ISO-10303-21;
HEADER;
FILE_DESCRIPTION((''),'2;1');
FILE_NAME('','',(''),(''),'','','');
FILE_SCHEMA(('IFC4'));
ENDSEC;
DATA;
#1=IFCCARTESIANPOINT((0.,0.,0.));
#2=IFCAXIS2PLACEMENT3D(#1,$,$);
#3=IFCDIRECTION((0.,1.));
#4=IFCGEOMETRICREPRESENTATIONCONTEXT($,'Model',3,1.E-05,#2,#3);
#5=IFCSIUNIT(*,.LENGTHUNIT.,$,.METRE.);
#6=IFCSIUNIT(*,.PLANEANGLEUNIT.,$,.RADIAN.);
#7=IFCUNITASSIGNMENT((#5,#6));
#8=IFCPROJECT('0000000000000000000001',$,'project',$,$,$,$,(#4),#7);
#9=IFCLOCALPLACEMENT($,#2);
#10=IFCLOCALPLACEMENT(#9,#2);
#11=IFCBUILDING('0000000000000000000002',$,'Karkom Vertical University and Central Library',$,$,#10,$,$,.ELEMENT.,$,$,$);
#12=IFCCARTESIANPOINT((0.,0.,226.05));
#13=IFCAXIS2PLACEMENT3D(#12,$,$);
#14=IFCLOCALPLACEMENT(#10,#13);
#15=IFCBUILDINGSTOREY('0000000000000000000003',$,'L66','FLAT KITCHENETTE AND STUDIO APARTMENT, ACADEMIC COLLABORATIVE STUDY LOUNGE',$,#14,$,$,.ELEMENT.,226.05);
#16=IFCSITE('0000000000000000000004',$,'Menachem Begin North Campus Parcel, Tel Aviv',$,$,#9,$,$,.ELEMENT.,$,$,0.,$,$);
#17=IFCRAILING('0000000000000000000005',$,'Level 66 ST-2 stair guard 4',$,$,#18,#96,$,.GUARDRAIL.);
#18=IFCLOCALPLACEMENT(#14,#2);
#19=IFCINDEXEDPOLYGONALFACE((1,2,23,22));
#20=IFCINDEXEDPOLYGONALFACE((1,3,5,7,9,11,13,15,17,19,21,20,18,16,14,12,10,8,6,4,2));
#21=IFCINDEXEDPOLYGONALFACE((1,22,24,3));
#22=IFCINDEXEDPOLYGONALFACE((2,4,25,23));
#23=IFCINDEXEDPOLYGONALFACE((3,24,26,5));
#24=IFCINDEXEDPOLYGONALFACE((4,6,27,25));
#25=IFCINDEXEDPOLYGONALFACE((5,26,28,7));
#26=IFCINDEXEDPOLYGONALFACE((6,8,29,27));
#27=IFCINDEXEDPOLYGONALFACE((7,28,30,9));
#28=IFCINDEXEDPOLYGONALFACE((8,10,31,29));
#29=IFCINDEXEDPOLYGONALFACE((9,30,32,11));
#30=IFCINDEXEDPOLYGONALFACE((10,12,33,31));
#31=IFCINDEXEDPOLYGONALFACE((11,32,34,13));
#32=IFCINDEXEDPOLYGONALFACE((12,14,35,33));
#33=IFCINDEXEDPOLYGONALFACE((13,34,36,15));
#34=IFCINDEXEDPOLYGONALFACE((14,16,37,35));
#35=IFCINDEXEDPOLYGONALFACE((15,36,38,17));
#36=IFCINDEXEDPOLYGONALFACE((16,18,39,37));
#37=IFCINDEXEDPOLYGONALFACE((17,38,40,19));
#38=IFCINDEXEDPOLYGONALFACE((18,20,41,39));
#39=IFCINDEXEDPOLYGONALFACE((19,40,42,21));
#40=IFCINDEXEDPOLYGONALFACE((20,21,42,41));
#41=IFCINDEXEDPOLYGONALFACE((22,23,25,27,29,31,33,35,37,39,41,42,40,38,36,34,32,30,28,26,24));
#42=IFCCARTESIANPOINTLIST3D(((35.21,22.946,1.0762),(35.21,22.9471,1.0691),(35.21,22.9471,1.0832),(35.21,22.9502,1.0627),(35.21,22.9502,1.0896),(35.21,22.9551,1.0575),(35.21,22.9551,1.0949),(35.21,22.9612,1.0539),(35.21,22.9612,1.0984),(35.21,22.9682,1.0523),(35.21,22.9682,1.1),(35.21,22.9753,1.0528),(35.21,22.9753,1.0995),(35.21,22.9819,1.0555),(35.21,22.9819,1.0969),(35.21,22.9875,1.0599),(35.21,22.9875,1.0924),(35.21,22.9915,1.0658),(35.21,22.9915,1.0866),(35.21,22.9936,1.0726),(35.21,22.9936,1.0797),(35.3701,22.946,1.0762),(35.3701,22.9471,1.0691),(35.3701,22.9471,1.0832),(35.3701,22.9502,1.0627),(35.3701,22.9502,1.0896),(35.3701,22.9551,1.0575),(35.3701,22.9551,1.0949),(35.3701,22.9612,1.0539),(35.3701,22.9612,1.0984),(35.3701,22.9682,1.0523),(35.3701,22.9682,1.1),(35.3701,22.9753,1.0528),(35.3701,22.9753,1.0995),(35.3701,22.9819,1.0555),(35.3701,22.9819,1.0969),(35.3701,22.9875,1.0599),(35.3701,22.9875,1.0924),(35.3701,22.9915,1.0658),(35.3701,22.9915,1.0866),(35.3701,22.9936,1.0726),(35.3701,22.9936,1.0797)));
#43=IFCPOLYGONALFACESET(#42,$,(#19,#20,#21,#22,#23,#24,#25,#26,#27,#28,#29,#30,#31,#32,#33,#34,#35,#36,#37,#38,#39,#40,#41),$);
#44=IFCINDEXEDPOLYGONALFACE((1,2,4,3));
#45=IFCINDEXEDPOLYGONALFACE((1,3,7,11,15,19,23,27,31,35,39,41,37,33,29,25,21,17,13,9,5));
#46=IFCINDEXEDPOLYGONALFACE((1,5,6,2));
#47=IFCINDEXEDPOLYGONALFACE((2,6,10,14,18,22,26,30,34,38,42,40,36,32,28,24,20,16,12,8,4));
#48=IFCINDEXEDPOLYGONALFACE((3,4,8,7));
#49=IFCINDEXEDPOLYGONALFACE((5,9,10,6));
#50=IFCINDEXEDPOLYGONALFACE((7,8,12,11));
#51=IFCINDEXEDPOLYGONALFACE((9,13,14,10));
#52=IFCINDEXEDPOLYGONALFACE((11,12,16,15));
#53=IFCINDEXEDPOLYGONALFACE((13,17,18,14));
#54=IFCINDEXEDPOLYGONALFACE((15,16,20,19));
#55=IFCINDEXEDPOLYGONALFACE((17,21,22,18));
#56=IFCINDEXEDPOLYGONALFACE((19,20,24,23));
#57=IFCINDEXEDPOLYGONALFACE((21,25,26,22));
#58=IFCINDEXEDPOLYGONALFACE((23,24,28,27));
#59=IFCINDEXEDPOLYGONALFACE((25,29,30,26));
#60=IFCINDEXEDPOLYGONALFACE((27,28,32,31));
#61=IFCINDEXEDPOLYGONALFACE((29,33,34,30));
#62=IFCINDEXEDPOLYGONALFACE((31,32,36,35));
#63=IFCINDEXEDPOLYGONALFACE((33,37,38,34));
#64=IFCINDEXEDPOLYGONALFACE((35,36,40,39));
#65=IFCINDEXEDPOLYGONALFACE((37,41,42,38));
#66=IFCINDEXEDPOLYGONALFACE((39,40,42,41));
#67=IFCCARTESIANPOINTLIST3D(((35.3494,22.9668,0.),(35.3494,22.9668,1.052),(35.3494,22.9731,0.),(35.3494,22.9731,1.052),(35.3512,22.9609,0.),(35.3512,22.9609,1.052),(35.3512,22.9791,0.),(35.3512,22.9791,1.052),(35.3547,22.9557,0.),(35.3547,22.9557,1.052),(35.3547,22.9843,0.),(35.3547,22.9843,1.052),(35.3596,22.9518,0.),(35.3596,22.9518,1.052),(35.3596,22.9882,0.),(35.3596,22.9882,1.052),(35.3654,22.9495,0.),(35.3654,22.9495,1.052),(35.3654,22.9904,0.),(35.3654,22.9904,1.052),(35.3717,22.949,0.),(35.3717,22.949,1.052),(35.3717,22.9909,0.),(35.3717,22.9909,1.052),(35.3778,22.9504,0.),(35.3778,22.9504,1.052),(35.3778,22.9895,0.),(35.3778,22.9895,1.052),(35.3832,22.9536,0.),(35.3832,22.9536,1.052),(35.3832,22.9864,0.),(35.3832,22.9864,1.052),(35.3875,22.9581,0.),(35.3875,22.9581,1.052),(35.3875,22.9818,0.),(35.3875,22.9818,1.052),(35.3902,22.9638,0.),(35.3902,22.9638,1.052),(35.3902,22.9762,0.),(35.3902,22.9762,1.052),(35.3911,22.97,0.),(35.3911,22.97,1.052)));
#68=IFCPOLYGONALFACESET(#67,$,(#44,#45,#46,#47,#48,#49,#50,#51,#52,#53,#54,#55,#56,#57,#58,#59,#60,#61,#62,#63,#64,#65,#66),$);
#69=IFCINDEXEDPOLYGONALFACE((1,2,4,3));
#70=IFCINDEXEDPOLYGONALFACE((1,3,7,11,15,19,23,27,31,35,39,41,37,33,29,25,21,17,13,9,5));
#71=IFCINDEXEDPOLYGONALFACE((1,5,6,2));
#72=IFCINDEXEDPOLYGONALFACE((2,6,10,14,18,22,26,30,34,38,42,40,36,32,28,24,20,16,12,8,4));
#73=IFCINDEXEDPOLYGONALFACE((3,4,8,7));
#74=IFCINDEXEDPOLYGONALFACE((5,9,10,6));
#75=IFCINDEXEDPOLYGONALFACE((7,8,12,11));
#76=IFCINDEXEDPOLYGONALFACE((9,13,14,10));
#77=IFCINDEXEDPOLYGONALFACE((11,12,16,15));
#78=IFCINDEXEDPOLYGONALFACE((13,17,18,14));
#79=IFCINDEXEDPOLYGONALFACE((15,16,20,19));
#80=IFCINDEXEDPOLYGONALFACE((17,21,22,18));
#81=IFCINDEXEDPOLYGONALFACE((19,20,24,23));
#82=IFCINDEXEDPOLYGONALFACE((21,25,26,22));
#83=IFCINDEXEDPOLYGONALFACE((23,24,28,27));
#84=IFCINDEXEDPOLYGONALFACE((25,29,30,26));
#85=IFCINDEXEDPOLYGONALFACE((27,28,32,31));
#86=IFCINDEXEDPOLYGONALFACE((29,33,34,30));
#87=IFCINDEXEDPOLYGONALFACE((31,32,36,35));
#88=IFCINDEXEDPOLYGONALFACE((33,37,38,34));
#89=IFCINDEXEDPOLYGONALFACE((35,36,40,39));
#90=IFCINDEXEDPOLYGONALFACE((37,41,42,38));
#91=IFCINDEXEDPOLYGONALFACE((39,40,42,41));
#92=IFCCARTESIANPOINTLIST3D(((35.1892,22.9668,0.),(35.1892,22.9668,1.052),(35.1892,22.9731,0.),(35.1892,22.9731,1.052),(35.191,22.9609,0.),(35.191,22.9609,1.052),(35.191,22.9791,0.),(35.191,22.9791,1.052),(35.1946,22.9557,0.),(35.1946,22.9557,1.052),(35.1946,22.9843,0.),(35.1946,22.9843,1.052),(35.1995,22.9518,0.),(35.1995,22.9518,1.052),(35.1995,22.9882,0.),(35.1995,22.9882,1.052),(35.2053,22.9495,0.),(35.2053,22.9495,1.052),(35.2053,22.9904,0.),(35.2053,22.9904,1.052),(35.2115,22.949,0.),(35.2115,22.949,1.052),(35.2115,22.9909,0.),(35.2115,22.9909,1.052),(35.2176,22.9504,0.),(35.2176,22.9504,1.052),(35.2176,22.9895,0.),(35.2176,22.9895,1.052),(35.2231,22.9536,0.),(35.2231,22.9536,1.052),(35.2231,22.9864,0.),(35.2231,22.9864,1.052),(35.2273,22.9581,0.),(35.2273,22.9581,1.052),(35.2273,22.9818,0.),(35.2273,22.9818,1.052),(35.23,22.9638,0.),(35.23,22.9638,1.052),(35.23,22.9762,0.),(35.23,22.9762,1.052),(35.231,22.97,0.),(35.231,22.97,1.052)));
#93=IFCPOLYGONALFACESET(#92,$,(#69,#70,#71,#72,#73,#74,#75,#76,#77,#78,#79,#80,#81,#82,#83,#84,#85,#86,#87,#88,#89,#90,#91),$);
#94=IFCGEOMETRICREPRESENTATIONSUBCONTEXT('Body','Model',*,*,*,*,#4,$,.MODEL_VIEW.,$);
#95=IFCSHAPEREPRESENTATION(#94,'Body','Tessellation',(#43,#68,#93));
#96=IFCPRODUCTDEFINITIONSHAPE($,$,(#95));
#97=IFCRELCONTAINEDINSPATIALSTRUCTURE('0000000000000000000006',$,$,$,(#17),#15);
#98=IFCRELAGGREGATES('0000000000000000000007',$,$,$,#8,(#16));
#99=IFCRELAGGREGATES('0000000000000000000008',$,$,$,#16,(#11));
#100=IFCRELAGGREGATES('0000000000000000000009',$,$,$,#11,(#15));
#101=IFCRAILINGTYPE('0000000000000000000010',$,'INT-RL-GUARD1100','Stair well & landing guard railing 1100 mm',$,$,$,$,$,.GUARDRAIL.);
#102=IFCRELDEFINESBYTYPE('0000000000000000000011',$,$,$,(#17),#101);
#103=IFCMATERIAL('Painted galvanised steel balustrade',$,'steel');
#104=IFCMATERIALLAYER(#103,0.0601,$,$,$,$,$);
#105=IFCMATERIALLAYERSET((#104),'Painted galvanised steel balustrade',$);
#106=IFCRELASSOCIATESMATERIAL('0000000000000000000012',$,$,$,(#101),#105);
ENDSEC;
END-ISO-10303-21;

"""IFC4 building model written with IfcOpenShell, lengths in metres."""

from ifc_helpers import new_model, si_unit, direction, frame, origin, origin_2d, place, context, subcontext, project, spatial, circle, extrude, material, layer, layer_set, type_object, element, save


model = new_model("IFC4")

# Units and contexts
model_context = context("Model", 3, precision=1e-05, world=origin(), true_north=direction((0.0, 1.0)))
body_context = subcontext(model_context, "Body", "Model", "MODEL_VIEW")
ifc_project = project(units=[si_unit("LENGTHUNIT", "METRE"), si_unit("PLANEANGLEUNIT", "RADIAN")], contexts=[model_context])

# Site, building, storey
site_placement = place(None, origin())
site = spatial("IfcSite", under=ifc_project, at=site_placement, Name="Menachem Begin North Campus Parcel, Tel Aviv", CompositionType="ELEMENT", RefElevation=0.0)
building_placement = place(site_placement, origin())
building = spatial("IfcBuilding", under=site, at=building_placement, Name="Karkom Vertical University and Central Library", CompositionType="ELEMENT")
storey_placement = place(building_placement, frame((0.0, 0.0, 226.05)))
storey = spatial("IfcBuildingStorey", under=building, at=storey_placement, Name="L66", Description="FLAT KITCHENETTE AND STUDIO APARTMENT, ACADEMIC COLLABORATIVE STUDY LOUNGE", CompositionType="ELEMENT", Elevation=226.05)

# Railing
ifc_material_1 = material(Name="Painted galvanised steel balustrade", Category="steel")
ifc_layer_1 = layer(ifc_material_1, 0.0601)
ifc_layer_set_1 = layer_set([ifc_layer_1], Name="Painted galvanised steel balustrade")
railing_type = type_object("IfcRailingType", Name="INT-RL-GUARD1100", Description="Stair well & landing guard railing 1100 mm", PredefinedType="GUARDRAIL", material=ifc_layer_set_1)
railing_1_placement = place(storey_placement, frame((35.3701, 22.97, 0.0)))
element("IfcRailing", 1, at=railing_1_placement, inside=storey, type_object=railing_type, Name="Level 66 ST-2 stair guard 4", PredefinedType="GUARDRAIL", context=body_context, shape_type="SweptSolid", body=[
    extrude(circle(Radius=0.0239, at=origin_2d()), frame((0.0, 0.0, 1.0762), z_axis=(-1.0, 0.0, 0.0), x_axis=(0.0, -1.0, 0.0)), (0.0, 0.0, 1.0), 0.1602),
    extrude(circle(Radius=0.021, at=origin_2d()), origin(), (0.0, 0.0, 1.0), 1.052),
    extrude(circle(Radius=0.021, at=origin_2d()), frame((-0.1602, 0.0, 0.0)), (0.0, 0.0, 1.0), 1.052),
])

save(model, "model.ifc")
